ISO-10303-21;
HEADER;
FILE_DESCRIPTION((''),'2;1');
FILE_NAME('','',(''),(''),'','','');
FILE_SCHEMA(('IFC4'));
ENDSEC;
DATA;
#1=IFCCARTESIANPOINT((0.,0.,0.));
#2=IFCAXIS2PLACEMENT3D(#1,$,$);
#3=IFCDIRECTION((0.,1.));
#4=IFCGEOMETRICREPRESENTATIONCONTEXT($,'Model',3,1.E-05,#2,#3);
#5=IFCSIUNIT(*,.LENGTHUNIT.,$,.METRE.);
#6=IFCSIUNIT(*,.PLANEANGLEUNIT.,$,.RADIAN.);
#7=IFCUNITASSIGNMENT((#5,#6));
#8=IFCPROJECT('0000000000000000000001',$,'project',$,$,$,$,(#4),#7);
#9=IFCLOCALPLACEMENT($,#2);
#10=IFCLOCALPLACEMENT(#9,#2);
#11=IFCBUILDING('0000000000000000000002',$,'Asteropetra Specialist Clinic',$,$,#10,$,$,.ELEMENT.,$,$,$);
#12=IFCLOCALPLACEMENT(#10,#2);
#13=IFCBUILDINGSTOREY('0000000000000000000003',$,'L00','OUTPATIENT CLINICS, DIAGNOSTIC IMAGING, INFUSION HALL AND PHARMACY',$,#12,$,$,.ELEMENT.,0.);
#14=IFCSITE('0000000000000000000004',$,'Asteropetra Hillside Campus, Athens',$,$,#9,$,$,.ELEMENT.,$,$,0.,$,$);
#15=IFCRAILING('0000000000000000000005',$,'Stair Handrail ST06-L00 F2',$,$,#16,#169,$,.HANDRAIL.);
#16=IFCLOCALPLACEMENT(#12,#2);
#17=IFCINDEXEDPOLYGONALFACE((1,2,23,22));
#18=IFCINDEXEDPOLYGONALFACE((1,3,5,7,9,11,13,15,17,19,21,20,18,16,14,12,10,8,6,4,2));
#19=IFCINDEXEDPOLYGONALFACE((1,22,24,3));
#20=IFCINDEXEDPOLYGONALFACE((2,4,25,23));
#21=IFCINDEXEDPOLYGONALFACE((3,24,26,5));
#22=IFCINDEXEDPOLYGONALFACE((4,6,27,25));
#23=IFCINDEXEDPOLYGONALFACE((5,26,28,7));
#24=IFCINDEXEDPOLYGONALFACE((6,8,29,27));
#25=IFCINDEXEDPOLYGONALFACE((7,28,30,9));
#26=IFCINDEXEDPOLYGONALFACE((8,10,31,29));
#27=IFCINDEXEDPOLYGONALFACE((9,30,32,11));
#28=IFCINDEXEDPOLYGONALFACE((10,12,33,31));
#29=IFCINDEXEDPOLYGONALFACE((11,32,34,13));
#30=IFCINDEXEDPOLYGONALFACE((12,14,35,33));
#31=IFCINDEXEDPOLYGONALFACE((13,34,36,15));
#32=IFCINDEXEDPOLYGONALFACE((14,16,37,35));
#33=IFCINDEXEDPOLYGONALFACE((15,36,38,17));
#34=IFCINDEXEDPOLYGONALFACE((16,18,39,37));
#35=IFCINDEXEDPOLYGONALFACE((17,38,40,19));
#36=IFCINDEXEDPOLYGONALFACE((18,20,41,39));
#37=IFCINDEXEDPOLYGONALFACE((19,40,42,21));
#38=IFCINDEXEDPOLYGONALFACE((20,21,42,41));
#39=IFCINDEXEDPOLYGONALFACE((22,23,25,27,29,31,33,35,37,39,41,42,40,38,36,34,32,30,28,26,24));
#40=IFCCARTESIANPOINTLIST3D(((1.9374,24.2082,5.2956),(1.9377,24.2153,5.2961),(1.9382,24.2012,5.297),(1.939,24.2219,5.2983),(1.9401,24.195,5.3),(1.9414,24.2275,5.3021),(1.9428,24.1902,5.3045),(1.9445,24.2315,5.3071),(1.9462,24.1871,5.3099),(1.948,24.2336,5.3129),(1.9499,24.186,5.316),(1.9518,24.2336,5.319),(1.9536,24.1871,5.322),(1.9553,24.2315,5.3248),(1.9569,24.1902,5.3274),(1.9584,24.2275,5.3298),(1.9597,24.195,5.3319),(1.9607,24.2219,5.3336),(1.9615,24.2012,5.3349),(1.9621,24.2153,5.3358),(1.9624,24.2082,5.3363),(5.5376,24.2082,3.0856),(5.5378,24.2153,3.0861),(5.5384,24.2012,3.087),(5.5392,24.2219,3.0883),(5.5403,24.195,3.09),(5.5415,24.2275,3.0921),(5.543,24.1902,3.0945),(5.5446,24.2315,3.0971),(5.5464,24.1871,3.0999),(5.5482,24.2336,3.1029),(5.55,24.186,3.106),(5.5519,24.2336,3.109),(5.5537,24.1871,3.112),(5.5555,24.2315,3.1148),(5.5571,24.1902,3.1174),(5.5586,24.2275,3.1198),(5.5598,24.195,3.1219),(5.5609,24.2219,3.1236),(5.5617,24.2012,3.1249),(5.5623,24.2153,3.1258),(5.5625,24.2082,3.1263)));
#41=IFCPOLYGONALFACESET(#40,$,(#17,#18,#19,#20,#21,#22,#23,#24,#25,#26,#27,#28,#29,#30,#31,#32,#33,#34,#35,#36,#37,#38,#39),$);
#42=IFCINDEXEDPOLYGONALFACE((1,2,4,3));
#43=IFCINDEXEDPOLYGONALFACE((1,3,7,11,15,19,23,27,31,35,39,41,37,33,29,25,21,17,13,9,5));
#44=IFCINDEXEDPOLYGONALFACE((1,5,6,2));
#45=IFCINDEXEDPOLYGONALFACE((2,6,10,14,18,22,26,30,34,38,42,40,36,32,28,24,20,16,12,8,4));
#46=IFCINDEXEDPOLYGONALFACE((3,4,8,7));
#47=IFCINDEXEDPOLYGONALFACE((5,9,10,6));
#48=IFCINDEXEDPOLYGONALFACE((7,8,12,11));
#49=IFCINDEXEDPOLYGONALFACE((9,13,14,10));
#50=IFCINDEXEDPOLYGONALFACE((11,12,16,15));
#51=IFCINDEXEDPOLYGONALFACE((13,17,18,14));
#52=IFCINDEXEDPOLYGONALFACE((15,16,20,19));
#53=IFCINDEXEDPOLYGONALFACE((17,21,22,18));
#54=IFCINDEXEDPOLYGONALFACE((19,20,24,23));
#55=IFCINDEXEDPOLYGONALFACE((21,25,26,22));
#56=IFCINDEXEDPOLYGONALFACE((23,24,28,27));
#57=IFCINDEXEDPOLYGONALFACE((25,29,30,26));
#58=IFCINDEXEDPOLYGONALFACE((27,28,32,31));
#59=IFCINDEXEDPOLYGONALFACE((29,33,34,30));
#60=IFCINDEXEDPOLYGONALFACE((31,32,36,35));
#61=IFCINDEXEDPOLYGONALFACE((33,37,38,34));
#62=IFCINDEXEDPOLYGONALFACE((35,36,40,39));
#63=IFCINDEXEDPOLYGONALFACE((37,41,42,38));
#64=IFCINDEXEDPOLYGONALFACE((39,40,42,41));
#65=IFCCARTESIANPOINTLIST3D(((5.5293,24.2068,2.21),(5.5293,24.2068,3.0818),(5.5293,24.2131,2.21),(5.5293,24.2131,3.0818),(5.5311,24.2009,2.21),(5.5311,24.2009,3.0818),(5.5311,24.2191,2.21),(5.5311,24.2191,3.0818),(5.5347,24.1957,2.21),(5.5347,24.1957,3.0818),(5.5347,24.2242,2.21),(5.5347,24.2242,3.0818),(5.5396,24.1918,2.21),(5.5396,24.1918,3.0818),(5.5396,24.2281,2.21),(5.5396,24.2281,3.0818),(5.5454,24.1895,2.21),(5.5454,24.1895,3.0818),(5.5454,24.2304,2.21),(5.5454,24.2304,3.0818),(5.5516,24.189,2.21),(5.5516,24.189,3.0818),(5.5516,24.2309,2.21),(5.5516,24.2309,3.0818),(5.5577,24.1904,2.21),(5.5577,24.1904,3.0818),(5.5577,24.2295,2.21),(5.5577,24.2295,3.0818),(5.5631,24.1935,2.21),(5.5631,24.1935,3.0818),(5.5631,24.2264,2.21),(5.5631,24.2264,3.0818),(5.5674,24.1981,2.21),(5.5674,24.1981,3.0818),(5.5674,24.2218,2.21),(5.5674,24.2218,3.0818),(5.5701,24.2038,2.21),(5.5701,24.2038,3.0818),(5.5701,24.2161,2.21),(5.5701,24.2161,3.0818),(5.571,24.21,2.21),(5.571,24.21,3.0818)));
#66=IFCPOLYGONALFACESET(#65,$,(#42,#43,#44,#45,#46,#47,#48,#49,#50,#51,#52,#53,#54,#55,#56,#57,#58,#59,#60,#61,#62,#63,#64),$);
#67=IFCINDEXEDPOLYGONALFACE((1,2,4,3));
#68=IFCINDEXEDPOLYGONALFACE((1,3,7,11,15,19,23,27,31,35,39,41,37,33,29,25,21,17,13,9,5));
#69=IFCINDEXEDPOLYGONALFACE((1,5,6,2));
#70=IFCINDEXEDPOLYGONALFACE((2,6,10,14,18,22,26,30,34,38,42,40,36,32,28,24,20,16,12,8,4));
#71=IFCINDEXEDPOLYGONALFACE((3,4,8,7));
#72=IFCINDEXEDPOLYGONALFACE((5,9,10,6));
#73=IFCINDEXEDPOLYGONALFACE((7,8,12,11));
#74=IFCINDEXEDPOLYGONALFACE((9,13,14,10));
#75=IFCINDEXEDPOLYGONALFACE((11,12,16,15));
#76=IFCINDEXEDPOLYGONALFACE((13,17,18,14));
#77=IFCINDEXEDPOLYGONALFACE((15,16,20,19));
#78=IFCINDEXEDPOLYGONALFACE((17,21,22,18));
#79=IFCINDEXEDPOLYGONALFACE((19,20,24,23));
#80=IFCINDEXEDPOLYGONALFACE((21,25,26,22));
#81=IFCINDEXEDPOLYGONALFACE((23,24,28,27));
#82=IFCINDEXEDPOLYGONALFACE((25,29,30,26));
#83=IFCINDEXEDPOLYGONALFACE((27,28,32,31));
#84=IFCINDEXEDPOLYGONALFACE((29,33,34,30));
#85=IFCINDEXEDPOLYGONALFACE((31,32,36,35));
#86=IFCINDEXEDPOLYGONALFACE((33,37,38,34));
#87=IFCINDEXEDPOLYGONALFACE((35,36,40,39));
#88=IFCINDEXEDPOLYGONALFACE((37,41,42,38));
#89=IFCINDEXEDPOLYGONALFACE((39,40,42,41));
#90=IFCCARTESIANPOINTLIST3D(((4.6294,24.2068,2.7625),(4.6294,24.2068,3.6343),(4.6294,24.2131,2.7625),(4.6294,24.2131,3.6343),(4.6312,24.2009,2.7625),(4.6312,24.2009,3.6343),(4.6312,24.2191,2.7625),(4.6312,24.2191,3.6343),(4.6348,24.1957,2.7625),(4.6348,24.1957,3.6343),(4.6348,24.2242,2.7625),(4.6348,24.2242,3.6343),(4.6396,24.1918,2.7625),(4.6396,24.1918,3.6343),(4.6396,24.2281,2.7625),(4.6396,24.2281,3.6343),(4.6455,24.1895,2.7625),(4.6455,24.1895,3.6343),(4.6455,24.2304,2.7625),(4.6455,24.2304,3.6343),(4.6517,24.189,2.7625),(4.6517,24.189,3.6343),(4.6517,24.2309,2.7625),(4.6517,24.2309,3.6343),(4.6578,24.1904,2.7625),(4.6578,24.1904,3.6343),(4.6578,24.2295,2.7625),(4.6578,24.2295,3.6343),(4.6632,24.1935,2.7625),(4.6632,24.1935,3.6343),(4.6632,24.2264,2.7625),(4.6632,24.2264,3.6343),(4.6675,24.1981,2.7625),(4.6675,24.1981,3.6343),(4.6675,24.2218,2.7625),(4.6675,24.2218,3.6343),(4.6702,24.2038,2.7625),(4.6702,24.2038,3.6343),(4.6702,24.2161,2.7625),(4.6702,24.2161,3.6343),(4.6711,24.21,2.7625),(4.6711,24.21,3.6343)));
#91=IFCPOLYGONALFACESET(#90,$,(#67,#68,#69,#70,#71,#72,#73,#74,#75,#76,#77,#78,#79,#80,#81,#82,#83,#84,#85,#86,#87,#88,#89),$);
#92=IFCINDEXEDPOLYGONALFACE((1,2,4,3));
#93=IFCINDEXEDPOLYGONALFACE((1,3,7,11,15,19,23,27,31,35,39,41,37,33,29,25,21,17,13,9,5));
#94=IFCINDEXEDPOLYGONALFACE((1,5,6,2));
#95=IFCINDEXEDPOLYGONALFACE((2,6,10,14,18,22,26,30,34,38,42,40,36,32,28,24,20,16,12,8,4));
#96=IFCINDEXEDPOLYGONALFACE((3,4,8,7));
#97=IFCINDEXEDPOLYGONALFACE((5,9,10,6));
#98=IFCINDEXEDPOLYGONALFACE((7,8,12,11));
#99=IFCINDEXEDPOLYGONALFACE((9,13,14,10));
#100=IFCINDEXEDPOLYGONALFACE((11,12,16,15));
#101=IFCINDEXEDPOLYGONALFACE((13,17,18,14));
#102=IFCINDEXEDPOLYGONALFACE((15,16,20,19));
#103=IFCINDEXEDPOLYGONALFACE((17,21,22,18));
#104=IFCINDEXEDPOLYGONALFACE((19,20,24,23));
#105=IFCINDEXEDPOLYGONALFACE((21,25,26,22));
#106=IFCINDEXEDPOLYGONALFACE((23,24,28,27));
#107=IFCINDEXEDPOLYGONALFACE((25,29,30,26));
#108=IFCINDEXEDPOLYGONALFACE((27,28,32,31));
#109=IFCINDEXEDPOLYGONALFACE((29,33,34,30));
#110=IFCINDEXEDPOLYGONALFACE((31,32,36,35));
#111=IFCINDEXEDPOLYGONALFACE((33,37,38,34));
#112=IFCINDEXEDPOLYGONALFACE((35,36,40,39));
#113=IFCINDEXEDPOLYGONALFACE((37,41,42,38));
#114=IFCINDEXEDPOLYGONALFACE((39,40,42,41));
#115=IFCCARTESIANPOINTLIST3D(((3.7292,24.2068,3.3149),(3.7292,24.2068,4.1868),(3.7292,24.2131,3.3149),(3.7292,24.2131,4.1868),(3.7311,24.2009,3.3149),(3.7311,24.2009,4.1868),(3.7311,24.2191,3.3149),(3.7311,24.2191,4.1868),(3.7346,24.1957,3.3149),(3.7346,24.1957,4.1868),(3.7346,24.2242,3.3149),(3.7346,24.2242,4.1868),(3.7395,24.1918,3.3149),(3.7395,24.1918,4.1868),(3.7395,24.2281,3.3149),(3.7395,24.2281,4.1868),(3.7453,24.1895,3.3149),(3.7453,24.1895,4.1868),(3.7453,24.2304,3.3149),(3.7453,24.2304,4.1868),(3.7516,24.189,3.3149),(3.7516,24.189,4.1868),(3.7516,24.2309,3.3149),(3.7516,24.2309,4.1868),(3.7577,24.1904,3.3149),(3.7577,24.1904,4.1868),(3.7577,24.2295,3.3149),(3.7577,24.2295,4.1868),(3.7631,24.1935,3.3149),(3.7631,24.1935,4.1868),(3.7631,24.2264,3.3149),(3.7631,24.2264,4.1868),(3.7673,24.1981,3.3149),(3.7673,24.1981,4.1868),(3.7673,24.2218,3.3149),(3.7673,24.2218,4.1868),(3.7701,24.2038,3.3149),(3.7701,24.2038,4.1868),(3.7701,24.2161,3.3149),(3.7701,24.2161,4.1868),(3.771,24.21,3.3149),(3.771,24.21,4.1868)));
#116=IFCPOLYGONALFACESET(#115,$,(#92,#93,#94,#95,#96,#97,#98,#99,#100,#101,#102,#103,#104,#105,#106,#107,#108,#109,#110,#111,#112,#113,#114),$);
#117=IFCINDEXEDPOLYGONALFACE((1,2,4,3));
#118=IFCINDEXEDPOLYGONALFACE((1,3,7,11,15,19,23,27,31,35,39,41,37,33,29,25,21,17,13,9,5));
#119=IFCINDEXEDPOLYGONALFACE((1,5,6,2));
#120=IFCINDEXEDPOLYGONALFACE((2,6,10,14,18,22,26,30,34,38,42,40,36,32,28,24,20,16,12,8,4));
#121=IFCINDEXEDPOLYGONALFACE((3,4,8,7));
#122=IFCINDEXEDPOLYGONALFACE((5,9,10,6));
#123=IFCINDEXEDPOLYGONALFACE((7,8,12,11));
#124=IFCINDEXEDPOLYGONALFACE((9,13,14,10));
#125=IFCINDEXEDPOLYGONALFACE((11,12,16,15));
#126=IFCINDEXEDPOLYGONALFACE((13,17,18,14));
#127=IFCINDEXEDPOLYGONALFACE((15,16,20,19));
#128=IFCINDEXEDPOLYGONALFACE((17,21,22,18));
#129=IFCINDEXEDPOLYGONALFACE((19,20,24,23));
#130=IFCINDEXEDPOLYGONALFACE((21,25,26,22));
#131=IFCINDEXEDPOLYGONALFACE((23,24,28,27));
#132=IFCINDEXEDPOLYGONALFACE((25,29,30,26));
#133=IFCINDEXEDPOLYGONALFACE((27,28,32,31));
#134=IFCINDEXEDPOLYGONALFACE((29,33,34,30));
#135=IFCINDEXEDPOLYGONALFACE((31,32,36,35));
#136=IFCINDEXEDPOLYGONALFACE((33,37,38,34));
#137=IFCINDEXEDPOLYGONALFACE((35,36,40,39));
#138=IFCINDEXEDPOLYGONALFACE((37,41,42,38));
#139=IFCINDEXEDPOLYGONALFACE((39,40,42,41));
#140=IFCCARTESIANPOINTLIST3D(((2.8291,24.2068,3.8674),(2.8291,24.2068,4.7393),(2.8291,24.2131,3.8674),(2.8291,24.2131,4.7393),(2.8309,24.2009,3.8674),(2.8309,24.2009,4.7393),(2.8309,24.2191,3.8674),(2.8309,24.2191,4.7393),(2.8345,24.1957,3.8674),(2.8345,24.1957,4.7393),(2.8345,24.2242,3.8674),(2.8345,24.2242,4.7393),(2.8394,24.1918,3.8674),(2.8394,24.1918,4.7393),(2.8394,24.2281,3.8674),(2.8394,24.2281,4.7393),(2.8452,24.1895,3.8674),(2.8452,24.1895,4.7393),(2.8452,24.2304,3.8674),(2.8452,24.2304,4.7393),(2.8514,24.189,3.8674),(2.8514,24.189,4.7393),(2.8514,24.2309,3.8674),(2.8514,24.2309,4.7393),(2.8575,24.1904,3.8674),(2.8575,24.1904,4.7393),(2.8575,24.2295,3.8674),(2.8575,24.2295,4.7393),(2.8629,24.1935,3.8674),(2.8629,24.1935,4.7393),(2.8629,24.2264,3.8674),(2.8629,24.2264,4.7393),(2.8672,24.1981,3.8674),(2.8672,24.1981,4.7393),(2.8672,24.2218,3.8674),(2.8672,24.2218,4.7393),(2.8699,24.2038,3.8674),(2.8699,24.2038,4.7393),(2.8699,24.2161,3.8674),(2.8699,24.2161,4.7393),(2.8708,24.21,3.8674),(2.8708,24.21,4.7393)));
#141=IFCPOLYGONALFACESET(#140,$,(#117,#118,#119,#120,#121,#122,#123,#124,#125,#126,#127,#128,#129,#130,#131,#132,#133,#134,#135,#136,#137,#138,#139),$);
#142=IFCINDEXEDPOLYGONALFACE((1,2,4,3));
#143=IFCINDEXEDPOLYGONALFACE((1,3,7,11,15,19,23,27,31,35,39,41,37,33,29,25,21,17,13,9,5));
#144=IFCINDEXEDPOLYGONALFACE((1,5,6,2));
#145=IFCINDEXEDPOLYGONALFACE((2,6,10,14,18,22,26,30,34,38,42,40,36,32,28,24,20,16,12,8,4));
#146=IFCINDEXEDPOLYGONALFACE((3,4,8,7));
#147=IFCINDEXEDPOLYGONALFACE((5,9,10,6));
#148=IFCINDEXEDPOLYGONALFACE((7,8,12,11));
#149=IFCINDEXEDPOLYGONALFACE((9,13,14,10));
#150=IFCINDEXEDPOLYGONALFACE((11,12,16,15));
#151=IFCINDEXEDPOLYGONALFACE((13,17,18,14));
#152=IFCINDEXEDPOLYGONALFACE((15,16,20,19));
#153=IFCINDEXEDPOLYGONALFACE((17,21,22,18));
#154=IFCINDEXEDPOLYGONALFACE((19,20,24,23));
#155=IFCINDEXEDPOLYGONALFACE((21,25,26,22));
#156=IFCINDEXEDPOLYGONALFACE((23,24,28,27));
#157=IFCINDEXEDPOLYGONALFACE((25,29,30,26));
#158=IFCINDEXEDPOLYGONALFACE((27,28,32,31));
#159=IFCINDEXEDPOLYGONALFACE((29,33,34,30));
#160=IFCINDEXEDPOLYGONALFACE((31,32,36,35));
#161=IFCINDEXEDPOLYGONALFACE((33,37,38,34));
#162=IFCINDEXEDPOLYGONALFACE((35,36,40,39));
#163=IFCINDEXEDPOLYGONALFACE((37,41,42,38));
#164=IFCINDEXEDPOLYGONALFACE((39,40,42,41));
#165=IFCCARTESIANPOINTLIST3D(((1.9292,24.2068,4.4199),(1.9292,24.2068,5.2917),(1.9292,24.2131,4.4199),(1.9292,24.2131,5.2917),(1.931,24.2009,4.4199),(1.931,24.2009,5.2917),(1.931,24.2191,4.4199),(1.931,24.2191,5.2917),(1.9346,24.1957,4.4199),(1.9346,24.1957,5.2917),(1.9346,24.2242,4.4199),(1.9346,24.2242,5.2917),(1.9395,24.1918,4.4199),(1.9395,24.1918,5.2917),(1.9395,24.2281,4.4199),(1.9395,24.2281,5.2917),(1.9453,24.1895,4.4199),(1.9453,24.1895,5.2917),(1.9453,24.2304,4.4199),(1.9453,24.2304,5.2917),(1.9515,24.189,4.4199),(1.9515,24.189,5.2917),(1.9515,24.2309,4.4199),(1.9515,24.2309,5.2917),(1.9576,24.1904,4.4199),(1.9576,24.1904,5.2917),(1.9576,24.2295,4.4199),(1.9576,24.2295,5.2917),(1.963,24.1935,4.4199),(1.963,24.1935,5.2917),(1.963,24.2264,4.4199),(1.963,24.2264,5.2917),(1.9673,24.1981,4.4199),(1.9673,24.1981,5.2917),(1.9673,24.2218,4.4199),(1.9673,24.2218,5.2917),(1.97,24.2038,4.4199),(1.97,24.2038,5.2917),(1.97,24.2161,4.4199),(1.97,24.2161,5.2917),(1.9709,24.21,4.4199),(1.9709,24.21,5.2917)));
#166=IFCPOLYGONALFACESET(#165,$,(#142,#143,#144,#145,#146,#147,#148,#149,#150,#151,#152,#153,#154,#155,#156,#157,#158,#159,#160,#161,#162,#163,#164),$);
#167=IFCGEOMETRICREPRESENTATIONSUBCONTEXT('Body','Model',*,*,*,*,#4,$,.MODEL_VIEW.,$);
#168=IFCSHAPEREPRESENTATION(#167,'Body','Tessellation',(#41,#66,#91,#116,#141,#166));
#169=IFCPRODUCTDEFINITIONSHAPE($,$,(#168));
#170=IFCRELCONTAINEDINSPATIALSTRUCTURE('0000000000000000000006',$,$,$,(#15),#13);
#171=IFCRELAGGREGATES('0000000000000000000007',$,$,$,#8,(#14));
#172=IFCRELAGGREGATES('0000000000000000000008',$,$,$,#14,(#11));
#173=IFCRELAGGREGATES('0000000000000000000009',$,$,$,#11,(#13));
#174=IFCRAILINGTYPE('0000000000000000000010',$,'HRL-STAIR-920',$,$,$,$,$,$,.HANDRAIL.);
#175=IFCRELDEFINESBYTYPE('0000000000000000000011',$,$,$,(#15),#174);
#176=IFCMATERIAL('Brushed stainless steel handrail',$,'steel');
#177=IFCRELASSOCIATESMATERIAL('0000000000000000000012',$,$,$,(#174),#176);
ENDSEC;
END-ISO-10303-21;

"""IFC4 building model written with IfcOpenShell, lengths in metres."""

from ifc_helpers import new_model, si_unit, direction, frame, origin, origin_2d, place, context, subcontext, project, spatial, circle, extrude, material, type_object, element, save


model = new_model("IFC4")

# Units and contexts
model_context = context("Model", 3, precision=1e-05, world=origin(), true_north=direction((0.0, 1.0)))
body_context = subcontext(model_context, "Body", "Model", "MODEL_VIEW")
ifc_project = project(units=[si_unit("LENGTHUNIT", "METRE"), si_unit("PLANEANGLEUNIT", "RADIAN")], contexts=[model_context])

# Site, building, storey
site_placement = place(None, origin())
site = spatial("IfcSite", under=ifc_project, at=site_placement, Name="Asteropetra Hillside Campus, Athens", CompositionType="ELEMENT", RefElevation=0.0)
building_placement = place(site_placement, origin())
building = spatial("IfcBuilding", under=site, at=building_placement, Name="Asteropetra Specialist Clinic", CompositionType="ELEMENT")
storey_placement = place(building_placement, origin())
storey = spatial("IfcBuildingStorey", under=building, at=storey_placement, Name="L00", Description="OUTPATIENT CLINICS, DIAGNOSTIC IMAGING, INFUSION HALL AND PHARMACY", CompositionType="ELEMENT", Elevation=0.0)

# Railing
ifc_material_1 = material(Name="Brushed stainless steel handrail", Category="steel")
railing_type_1 = type_object("IfcRailingType", Name="HRL-STAIR-920", PredefinedType="HANDRAIL", material=ifc_material_1)
railing_1_placement = place(storey_placement, frame((5.55, 24.21, 2.21)))
element("IfcRailing", 1, at=railing_1_placement, inside=storey, type_object=railing_type_1, Name="Stair Handrail ST06-L00 F2", PredefinedType="HANDRAIL", context=body_context, shape_type="SweptSolid", body=[
    extrude(circle(Radius=0.0239, at=origin_2d()), frame((0.0, 0.0, 0.896), z_axis=(-0.852237, 0.0, 0.523156), x_axis=(0.0, -1.0, 0.0)), (0.0, 0.0, 1.0), 4.2244),
    extrude(circle(Radius=0.021, at=origin_2d()), origin(), (0.0, 0.0, 1.0), 0.8718),
    extrude(circle(Radius=0.021, at=origin_2d()), frame((-0.8999, 0.0, 0.5525)), (0.0, 0.0, 1.0), 0.8718),
    extrude(circle(Radius=0.021, at=origin_2d()), frame((-1.8, 0.0, 1.105)), (0.0, 0.0, 1.0), 0.8718),
    extrude(circle(Radius=0.021, at=origin_2d()), frame((-2.7002, 0.0, 1.6575)), (0.0, 0.0, 1.0), 0.8718),
    extrude(circle(Radius=0.021, at=origin_2d()), frame((-3.6001, 0.0, 2.21)), (0.0, 0.0, 1.0), 0.8718),
])

save(model, "model.ifc")
